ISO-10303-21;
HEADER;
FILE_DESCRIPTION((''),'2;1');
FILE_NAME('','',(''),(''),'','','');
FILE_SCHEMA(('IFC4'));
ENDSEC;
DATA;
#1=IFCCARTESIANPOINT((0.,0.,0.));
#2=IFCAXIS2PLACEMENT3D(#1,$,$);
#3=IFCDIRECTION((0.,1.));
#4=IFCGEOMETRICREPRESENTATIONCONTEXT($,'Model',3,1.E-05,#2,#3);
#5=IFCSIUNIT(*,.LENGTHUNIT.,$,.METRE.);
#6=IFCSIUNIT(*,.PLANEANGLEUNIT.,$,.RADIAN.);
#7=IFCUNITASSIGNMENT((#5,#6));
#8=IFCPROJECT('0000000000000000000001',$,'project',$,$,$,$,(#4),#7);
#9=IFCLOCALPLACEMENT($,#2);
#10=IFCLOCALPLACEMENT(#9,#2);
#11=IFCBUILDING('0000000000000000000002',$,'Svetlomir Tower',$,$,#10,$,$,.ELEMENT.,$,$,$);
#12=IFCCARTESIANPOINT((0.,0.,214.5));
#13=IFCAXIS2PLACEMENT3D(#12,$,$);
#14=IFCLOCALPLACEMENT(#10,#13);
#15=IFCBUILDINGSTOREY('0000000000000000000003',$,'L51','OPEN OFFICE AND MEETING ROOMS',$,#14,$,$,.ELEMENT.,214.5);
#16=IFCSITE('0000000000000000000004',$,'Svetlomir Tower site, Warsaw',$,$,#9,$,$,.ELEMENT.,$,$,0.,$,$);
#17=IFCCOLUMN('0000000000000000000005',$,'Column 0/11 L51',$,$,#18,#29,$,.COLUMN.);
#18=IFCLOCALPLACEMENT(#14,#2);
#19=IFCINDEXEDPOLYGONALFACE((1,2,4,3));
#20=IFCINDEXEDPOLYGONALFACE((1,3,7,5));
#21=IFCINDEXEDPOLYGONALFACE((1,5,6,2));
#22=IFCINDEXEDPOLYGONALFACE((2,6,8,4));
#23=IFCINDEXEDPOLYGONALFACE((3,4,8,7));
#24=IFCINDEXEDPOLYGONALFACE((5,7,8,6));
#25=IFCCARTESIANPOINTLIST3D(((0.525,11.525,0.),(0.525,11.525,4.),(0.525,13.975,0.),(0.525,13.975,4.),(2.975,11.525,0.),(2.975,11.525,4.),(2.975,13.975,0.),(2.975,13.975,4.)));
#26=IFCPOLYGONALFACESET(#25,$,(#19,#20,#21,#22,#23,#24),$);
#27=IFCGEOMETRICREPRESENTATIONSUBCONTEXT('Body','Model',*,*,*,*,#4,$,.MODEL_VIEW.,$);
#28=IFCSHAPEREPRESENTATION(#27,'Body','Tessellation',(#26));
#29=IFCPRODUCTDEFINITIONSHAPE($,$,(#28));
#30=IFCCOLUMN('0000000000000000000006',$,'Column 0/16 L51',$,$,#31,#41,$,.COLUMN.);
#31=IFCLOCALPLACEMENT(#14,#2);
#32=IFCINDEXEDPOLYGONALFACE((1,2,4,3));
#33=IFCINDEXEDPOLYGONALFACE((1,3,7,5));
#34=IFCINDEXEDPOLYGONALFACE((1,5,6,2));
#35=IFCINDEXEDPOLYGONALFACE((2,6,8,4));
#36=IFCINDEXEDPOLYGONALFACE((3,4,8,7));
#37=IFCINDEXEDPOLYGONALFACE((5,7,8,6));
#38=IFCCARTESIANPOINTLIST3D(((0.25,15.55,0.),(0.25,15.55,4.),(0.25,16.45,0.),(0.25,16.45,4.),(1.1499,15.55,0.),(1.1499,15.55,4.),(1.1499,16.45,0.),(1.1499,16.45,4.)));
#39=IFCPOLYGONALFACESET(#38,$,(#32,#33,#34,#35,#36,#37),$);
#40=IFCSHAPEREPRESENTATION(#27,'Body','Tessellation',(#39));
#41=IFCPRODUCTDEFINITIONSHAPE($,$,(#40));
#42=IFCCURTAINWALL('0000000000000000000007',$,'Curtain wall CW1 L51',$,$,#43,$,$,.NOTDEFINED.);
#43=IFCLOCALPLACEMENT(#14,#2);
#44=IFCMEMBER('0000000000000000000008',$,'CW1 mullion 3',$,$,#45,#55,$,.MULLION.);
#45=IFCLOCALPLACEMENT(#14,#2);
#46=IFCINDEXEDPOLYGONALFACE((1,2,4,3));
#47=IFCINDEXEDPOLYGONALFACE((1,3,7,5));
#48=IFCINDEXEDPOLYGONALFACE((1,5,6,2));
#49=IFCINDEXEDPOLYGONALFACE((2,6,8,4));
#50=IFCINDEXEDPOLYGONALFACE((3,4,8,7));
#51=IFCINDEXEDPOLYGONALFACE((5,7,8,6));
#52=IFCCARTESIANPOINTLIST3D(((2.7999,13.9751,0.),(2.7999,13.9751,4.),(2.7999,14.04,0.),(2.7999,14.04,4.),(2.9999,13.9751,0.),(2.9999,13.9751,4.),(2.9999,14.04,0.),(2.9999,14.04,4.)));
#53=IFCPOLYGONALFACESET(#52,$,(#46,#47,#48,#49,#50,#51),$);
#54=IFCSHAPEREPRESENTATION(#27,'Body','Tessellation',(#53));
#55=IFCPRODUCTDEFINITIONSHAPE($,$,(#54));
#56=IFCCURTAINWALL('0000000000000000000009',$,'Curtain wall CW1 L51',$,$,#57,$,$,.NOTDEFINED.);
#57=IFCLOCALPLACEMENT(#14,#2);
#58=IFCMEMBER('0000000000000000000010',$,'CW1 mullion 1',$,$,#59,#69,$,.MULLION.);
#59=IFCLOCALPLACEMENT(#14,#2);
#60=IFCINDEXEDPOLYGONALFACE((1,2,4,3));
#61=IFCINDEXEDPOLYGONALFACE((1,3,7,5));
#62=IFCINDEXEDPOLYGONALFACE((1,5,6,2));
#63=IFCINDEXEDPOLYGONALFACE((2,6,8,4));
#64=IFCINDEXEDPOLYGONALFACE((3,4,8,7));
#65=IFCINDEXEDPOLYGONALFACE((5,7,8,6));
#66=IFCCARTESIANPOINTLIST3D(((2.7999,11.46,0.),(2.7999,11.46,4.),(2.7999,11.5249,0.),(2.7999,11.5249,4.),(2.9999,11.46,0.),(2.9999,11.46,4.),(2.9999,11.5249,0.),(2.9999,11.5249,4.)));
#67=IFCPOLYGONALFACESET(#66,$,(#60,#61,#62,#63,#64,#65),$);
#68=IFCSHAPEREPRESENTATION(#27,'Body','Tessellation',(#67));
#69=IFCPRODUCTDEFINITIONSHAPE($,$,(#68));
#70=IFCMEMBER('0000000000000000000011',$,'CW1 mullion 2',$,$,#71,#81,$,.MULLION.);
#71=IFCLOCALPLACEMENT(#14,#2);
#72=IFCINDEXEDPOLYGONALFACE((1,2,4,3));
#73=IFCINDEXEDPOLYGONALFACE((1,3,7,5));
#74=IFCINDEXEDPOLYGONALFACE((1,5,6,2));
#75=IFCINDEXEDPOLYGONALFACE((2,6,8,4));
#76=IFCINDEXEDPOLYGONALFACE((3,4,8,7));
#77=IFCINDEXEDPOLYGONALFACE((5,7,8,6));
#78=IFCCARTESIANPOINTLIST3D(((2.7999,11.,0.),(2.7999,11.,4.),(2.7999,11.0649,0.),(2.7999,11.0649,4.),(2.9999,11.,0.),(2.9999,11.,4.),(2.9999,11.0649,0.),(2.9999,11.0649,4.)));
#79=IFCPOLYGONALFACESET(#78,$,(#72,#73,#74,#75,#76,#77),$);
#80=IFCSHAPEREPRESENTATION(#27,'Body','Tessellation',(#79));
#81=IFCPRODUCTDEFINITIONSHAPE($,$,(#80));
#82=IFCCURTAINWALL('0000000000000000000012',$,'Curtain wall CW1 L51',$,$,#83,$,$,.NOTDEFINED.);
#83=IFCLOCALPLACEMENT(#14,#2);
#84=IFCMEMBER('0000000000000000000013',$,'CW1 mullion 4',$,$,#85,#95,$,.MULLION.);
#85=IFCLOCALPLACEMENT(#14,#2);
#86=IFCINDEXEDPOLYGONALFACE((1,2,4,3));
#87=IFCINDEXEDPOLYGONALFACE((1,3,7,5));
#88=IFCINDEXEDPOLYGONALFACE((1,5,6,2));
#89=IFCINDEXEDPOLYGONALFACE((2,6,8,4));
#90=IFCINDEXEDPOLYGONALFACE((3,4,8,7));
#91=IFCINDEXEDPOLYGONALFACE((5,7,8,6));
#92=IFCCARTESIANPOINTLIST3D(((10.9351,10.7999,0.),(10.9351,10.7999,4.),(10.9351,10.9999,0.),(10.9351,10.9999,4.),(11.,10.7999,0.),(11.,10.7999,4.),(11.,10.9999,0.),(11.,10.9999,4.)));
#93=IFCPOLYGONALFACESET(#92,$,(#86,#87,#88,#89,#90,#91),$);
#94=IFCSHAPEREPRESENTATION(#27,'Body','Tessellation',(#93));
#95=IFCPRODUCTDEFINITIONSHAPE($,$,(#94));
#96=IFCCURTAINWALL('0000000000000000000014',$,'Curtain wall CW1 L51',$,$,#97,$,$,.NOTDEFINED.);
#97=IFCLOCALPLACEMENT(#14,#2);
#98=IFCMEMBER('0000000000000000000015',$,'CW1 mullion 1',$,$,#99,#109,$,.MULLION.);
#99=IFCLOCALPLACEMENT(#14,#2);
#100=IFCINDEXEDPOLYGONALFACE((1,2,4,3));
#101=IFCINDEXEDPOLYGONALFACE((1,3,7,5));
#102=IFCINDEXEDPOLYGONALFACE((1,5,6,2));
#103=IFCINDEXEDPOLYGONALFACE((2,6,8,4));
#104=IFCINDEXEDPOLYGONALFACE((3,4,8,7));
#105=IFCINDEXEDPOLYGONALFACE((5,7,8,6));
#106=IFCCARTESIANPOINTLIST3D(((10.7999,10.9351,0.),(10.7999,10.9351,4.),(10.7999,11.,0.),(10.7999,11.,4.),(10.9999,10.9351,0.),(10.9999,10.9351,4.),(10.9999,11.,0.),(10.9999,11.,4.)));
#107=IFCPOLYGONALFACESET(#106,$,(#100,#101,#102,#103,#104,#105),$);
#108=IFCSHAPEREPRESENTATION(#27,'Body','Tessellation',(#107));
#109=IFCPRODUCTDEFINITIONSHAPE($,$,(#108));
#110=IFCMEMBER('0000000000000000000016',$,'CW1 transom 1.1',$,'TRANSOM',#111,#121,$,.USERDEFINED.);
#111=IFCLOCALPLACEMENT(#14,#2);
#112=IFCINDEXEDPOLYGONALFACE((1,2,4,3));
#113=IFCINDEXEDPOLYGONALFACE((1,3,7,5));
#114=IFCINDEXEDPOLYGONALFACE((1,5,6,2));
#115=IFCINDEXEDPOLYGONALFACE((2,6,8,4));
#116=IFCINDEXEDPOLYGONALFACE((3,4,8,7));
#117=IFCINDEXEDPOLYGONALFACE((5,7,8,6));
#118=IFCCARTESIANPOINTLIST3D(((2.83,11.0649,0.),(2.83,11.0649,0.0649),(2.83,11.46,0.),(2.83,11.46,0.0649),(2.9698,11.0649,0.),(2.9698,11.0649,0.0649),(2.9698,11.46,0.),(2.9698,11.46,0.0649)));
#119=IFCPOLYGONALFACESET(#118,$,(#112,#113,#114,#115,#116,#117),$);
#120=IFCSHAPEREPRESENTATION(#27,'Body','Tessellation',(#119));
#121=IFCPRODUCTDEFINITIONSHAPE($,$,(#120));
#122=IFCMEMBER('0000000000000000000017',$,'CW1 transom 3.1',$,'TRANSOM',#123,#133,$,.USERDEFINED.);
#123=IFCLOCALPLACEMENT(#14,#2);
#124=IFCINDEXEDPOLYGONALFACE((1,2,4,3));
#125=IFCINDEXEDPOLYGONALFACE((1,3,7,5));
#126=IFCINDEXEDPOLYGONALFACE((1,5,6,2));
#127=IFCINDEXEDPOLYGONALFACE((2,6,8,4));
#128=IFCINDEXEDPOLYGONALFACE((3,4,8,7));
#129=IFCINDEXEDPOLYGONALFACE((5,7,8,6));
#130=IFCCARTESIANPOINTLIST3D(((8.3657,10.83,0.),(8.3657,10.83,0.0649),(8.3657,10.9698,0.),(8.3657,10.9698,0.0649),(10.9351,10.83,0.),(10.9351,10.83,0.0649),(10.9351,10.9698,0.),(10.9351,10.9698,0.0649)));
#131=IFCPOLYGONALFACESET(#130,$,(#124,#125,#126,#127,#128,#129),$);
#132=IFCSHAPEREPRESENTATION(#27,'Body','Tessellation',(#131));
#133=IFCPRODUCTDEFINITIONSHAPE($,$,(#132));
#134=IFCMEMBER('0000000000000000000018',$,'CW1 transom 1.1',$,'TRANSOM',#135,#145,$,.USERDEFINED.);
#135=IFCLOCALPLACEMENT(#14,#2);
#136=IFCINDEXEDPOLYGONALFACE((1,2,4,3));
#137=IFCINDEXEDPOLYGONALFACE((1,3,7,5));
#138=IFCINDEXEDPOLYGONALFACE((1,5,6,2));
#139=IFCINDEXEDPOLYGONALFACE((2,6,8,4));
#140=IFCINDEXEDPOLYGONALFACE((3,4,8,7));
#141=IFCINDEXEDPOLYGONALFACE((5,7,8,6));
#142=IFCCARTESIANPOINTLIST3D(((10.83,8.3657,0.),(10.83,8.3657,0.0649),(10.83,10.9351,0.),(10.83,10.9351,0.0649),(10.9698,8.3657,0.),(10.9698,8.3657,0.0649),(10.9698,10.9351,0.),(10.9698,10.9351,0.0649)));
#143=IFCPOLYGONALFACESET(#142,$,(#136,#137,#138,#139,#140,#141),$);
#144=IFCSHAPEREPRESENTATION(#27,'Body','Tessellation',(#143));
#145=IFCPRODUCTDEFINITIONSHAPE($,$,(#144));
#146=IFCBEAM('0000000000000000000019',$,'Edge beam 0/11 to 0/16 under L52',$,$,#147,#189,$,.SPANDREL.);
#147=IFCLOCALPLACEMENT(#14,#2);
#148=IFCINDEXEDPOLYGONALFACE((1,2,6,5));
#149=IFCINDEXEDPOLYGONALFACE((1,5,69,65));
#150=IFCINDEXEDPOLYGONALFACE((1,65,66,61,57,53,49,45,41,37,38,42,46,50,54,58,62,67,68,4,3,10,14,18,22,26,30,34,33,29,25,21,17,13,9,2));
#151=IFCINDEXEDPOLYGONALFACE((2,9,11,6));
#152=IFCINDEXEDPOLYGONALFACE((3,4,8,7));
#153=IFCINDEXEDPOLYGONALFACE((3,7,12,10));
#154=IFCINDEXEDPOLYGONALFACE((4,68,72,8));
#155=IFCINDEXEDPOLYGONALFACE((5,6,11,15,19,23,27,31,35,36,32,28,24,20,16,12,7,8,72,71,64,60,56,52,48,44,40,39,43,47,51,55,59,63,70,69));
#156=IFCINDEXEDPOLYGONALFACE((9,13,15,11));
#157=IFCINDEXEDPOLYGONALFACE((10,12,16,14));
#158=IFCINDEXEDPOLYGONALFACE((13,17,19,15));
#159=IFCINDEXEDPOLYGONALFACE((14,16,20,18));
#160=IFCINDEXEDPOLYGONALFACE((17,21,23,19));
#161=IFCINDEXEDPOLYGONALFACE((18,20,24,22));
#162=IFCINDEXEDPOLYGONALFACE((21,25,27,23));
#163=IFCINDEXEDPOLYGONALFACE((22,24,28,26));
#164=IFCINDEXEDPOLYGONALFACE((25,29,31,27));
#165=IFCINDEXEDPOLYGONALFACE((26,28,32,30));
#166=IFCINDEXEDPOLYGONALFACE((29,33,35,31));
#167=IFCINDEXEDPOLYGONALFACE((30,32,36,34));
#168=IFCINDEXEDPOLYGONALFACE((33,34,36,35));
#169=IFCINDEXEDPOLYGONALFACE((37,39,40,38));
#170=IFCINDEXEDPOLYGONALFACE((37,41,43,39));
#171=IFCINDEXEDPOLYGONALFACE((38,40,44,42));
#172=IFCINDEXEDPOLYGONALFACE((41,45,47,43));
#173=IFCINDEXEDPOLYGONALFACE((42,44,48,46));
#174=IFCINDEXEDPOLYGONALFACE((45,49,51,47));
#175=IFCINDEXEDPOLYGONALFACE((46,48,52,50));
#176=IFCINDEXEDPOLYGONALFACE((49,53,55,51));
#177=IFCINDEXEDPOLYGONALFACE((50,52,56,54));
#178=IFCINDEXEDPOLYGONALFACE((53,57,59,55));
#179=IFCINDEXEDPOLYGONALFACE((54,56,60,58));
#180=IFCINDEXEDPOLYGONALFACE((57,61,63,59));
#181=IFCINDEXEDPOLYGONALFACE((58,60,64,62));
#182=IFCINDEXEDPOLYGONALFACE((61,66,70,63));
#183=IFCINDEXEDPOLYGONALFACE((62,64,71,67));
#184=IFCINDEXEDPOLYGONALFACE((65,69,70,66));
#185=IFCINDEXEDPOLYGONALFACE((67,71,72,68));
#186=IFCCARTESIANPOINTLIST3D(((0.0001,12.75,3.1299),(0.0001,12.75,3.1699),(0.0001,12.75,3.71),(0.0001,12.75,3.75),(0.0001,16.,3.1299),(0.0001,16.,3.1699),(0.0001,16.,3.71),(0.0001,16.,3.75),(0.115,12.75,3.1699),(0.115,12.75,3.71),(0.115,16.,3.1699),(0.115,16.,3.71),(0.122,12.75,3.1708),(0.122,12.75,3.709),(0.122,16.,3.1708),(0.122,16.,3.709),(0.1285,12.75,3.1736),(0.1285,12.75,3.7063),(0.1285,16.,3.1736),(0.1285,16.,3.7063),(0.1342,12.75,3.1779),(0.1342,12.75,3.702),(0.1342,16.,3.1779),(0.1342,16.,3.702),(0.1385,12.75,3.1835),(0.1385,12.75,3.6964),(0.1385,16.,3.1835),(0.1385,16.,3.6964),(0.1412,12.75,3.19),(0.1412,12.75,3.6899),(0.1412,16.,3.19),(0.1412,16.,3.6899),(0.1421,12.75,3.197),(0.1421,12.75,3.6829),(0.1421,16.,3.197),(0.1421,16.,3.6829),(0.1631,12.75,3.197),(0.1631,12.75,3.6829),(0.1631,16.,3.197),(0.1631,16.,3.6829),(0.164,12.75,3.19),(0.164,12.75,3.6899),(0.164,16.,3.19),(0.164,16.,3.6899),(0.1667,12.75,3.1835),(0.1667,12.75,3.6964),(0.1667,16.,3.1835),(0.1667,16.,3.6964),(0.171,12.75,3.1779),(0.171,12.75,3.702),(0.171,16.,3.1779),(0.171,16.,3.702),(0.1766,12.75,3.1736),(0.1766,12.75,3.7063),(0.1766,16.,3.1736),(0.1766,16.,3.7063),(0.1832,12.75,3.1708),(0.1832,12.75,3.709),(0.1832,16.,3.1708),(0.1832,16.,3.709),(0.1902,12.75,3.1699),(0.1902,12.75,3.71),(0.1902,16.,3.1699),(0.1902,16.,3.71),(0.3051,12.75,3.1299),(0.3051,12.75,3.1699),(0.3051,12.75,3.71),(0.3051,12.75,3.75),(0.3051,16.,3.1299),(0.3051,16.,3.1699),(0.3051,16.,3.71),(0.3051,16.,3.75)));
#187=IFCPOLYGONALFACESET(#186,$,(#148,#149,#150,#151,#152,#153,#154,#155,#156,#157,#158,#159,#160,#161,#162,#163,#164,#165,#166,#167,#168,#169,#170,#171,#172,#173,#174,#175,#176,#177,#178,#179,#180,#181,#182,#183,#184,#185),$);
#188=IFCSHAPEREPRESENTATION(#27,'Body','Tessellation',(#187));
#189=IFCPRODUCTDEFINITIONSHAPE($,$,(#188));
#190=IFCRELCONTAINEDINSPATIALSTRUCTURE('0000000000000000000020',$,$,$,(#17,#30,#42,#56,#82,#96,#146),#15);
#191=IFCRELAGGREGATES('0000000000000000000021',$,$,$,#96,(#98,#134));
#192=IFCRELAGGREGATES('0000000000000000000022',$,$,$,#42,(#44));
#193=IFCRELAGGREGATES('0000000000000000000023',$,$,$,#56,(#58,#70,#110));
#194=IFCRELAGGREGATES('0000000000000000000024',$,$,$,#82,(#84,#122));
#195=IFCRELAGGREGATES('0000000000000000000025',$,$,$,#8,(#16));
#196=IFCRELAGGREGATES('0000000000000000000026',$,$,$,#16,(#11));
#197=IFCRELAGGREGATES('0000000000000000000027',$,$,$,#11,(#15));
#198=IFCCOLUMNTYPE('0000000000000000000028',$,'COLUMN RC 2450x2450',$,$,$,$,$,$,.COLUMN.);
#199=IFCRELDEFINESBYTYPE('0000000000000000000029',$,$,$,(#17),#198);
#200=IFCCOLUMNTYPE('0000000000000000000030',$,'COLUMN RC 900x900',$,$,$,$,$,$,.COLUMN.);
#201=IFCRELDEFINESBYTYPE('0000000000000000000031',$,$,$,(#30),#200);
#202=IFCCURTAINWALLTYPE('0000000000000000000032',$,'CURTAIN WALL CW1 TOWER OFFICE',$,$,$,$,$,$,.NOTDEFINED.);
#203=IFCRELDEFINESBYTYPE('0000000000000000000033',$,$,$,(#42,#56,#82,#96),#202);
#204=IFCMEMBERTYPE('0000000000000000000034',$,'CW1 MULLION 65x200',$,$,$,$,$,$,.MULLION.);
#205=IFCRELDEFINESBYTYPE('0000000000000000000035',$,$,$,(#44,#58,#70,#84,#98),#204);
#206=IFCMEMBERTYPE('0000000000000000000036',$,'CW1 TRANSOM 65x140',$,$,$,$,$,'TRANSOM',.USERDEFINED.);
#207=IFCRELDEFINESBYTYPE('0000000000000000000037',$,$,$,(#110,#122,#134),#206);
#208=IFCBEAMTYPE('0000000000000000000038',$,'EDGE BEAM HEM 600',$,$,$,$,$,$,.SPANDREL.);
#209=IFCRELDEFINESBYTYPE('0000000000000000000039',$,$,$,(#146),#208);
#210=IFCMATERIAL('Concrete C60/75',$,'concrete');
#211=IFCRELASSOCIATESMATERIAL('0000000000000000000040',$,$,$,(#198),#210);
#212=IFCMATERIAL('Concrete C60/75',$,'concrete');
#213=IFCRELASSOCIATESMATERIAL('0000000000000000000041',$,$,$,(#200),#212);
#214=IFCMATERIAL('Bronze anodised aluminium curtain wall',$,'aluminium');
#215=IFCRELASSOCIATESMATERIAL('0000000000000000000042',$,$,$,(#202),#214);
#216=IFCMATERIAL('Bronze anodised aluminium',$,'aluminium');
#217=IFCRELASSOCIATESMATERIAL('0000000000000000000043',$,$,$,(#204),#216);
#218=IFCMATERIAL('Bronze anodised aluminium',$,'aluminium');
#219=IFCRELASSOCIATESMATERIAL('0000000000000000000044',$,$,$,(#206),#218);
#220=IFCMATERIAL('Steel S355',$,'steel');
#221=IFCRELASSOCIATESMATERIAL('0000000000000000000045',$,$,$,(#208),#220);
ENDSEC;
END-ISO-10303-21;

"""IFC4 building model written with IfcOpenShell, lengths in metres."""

from ifc_helpers import new_model, si_unit, direction, frame, origin, origin_2d, place, context, subcontext, project, spatial, rectangle, i_section, extrude, material, material_profile, profile_set, type_object, element, aggregate, save


model = new_model("IFC4")

# Units and contexts
model_context = context("Model", 3, precision=1e-05, world=origin(), true_north=direction((0.0, 1.0)))
body_context = subcontext(model_context, "Body", "Model", "MODEL_VIEW")
ifc_project = project(units=[si_unit("LENGTHUNIT", "METRE"), si_unit("PLANEANGLEUNIT", "RADIAN")], contexts=[model_context])

# Site, building, storey
site_placement = place(None, origin())
site = spatial("IfcSite", under=ifc_project, at=site_placement, Name="Svetlomir Tower site, Warsaw", CompositionType="ELEMENT", RefElevation=0.0)
building_placement = place(site_placement, origin())
building = spatial("IfcBuilding", under=site, at=building_placement, Name="Svetlomir Tower", CompositionType="ELEMENT")
storey_placement = place(building_placement, frame((0.0, 0.0, 214.5)))
storey = spatial("IfcBuildingStorey", under=building, at=storey_placement, Name="L51", Description="OPEN OFFICE AND MEETING ROOMS", CompositionType="ELEMENT", Elevation=214.5)

# Columns
ifc_material_1 = material(Name="Concrete C60/75", Category="concrete")
ifc_material_profile_1 = material_profile(ifc_material_1, rectangle(XDim=2.45, YDim=2.45, at=origin_2d()), Name="RC 2450x2450")
ifc_profile_set_1 = profile_set([ifc_material_profile_1], Name="Concrete C60/75")
column_type_1 = type_object("IfcColumnType", Name="COLUMN RC 2450x2450", PredefinedType="COLUMN", material=ifc_profile_set_1)
column_1_placement = place(storey_placement, frame((1.75, 12.75, 0.0), z_axis=(0.0, 0.0, 1.0), x_axis=(1.0, 0.0, 0.0)))
element("IfcColumn", 1, at=column_1_placement, inside=storey, type_object=column_type_1, Name="Column 0/11 L51", PredefinedType="COLUMN", context=body_context, shape_type="SweptSolid", body=[
    extrude(rectangle(XDim=2.45, YDim=2.45, at=origin_2d()), origin(), (0.0, 0.0, 1.0), 4.0),
])
ifc_material_2 = material(Name="Concrete C60/75", Category="concrete")
ifc_material_profile_2 = material_profile(ifc_material_2, rectangle(XDim=0.8999, YDim=0.8999, at=origin_2d()), Name="RC 900x900")
ifc_profile_set_2 = profile_set([ifc_material_profile_2], Name="Concrete C60/75")
column_type_2 = type_object("IfcColumnType", Name="COLUMN RC 900x900", PredefinedType="COLUMN", material=ifc_profile_set_2)
column_2_placement = place(storey_placement, frame((0.7, 16.0, 0.0), z_axis=(0.0, 0.0, 1.0), x_axis=(1.0, 0.0, 0.0)))
element("IfcColumn", 2, at=column_2_placement, inside=storey, type_object=column_type_2, Name="Column 0/16 L51", PredefinedType="COLUMN", context=body_context, shape_type="SweptSolid", body=[
    extrude(rectangle(XDim=0.8999, YDim=0.8999, at=origin_2d()), origin(), (0.0, 0.0, 1.0), 4.0),
])

# Curtain wall, member
ifc_material_3 = material(Name="Bronze anodised aluminium curtain wall", Category="aluminium")
curtain_wall_type = type_object("IfcCurtainWallType", Name="CURTAIN WALL CW1 TOWER OFFICE", PredefinedType="NOTDEFINED", material=ifc_material_3)
curtain_wall_1_placement = place(storey_placement, origin())
curtain_wall_1 = element("IfcCurtainWall", 3, at=curtain_wall_1_placement, inside=storey, type_object=curtain_wall_type, Name="Curtain wall CW1 L51", PredefinedType="NOTDEFINED")
ifc_material_4 = material(Name="Bronze anodised aluminium", Category="aluminium")
ifc_material_profile_3 = material_profile(ifc_material_4, rectangle(XDim=0.0649, YDim=0.2, at=origin_2d()), Name="AL 65x200")
ifc_profile_set_3 = profile_set([ifc_material_profile_3], Name="Bronze anodised aluminium 6063-T6")
member_type_1 = type_object("IfcMemberType", Name="CW1 MULLION 65x200", PredefinedType="MULLION", material=ifc_profile_set_3)
member_1_placement = place(storey_placement, frame((2.8999, 14.0076, 0.0), z_axis=(0.0, 0.0, 1.0), x_axis=(0.0, -1.0, 0.0)))
member_1 = element("IfcMember", 4, at=member_1_placement, type_object=member_type_1, Name="CW1 mullion 3", PredefinedType="MULLION", context=body_context, shape_type="SweptSolid", body=[
    extrude(rectangle(XDim=0.0649, YDim=0.2, at=origin_2d()), origin(), (0.0, 0.0, 1.0), 4.0),
])

# Curtain wall, members
curtain_wall_2_placement = place(storey_placement, origin())
curtain_wall_2 = element("IfcCurtainWall", 5, at=curtain_wall_2_placement, inside=storey, type_object=curtain_wall_type, Name="Curtain wall CW1 L51", PredefinedType="NOTDEFINED")
member_2_placement = place(storey_placement, frame((2.8999, 11.4924, 0.0), z_axis=(0.0, 0.0, 1.0), x_axis=(0.0, -1.0, 0.0)))
member_2 = element("IfcMember", 6, at=member_2_placement, type_object=member_type_1, Name="CW1 mullion 1", PredefinedType="MULLION", context=body_context, shape_type="SweptSolid", body=[
    extrude(rectangle(XDim=0.0649, YDim=0.2, at=origin_2d()), origin(), (0.0, 0.0, 1.0), 4.0),
])
member_3_placement = place(storey_placement, frame((2.8999, 11.0325, 0.0), z_axis=(0.0, 0.0, 1.0), x_axis=(0.0, -1.0, 0.0)))
member_3 = element("IfcMember", 7, at=member_3_placement, type_object=member_type_1, Name="CW1 mullion 2", PredefinedType="MULLION", context=body_context, shape_type="SweptSolid", body=[
    extrude(rectangle(XDim=0.0649, YDim=0.2, at=origin_2d()), origin(), (0.0, 0.0, 1.0), 4.0),
])

# Curtain walls, members
curtain_wall_3_placement = place(storey_placement, origin())
curtain_wall_3 = element("IfcCurtainWall", 8, at=curtain_wall_3_placement, inside=storey, type_object=curtain_wall_type, Name="Curtain wall CW1 L51", PredefinedType="NOTDEFINED")
member_4_placement = place(storey_placement, frame((10.9675, 10.8999, 0.0), z_axis=(0.0, 0.0, 1.0), x_axis=(1.0, 0.0, 0.0)))
member_4 = element("IfcMember", 9, at=member_4_placement, type_object=member_type_1, Name="CW1 mullion 4", PredefinedType="MULLION", context=body_context, shape_type="SweptSolid", body=[
    extrude(rectangle(XDim=0.0649, YDim=0.2, at=origin_2d()), origin(), (0.0, 0.0, 1.0), 4.0),
])
curtain_wall_4_placement = place(storey_placement, origin())
curtain_wall_4 = element("IfcCurtainWall", 10, at=curtain_wall_4_placement, inside=storey, type_object=curtain_wall_type, Name="Curtain wall CW1 L51", PredefinedType="NOTDEFINED")
member_5_placement = place(storey_placement, frame((10.8999, 10.9675, 0.0), z_axis=(0.0, 0.0, 1.0), x_axis=(0.0, -1.0, 0.0)))
member_5 = element("IfcMember", 11, at=member_5_placement, type_object=member_type_1, Name="CW1 mullion 1", PredefinedType="MULLION", context=body_context, shape_type="SweptSolid", body=[
    extrude(rectangle(XDim=0.0649, YDim=0.2, at=origin_2d()), origin(), (0.0, 0.0, 1.0), 4.0),
])

# Members
ifc_material_5 = material(Name="Bronze anodised aluminium", Category="aluminium")
ifc_material_profile_4 = material_profile(ifc_material_5, rectangle(XDim=0.1399, YDim=0.0649, at=origin_2d()), Name="AL 140x65")
ifc_profile_set_4 = profile_set([ifc_material_profile_4], Name="Bronze anodised aluminium 6063-T6")
member_type_2 = type_object("IfcMemberType", Name="CW1 TRANSOM 65x140", ElementType="TRANSOM", PredefinedType="USERDEFINED", material=ifc_profile_set_4)
member_6_placement = place(storey_placement, frame((2.8999, 11.46, 0.0325), z_axis=(0.0, -1.0, 0.0), x_axis=(1.0, 0.0, 0.0)))
member_6 = element("IfcMember", 12, at=member_6_placement, type_object=member_type_2, Name="CW1 transom 1.1", ObjectType="TRANSOM", PredefinedType="USERDEFINED", context=body_context, shape_type="SweptSolid", body=[
    extrude(rectangle(XDim=0.1399, YDim=0.0649, at=origin_2d()), origin(), (0.0, 0.0, 1.0), 0.395),
])
member_7_placement = place(storey_placement, frame((8.3657, 10.8999, 0.0325), z_axis=(1.0, 0.0, 0.0), x_axis=(0.0, 1.0, 0.0)))
member_7 = element("IfcMember", 13, at=member_7_placement, type_object=member_type_2, Name="CW1 transom 3.1", ObjectType="TRANSOM", PredefinedType="USERDEFINED", context=body_context, shape_type="SweptSolid", body=[
    extrude(rectangle(XDim=0.1399, YDim=0.0649, at=origin_2d()), origin(), (0.0, 0.0, 1.0), 2.5693),
])
member_8_placement = place(storey_placement, frame((10.8999, 10.9351, 0.0325), z_axis=(0.0, -1.0, 0.0), x_axis=(1.0, 0.0, 0.0)))
member_8 = element("IfcMember", 14, at=member_8_placement, type_object=member_type_2, Name="CW1 transom 1.1", ObjectType="TRANSOM", PredefinedType="USERDEFINED", context=body_context, shape_type="SweptSolid", body=[
    extrude(rectangle(XDim=0.1399, YDim=0.0649, at=origin_2d()), origin(), (0.0, 0.0, 1.0), 2.5693),
])
aggregate(curtain_wall_4, [member_5, member_8])

# Beam
ifc_material_6 = material(Name="Steel S355", Category="steel")
ifc_material_profile_5 = material_profile(ifc_material_6, i_section(OverallWidth=0.3049, OverallDepth=0.6201, WebThickness=0.021, FlangeThickness=0.04, FilletRadius=0.0271, at=origin_2d()), Name="HEM 600")
ifc_profile_set_5 = profile_set([ifc_material_profile_5], Name="Steel S355")
beam_type_1 = type_object("IfcBeamType", Name="EDGE BEAM HEM 600", PredefinedType="SPANDREL", material=ifc_profile_set_5)
beam_1_placement = place(storey_placement, frame((0.1526, 12.75, 3.4399), z_axis=(0.0, 1.0, 0.0), x_axis=(-1.0, 0.0, 0.0)))
element("IfcBeam", 15, at=beam_1_placement, inside=storey, type_object=beam_type_1, Name="Edge beam 0/11 to 0/16 under L52", PredefinedType="SPANDREL", context=body_context, shape_type="SweptSolid", body=[
    extrude(i_section(OverallWidth=0.3049, OverallDepth=0.6201, WebThickness=0.021, FlangeThickness=0.04, FilletRadius=0.0271, at=origin_2d()), origin(), (0.0, 0.0, 1.0), 3.25),
])

aggregate(curtain_wall_1, [member_1])
aggregate(curtain_wall_2, [member_2, member_3, member_6])
aggregate(curtain_wall_3, [member_4, member_7])

save(model, "model.ifc")
